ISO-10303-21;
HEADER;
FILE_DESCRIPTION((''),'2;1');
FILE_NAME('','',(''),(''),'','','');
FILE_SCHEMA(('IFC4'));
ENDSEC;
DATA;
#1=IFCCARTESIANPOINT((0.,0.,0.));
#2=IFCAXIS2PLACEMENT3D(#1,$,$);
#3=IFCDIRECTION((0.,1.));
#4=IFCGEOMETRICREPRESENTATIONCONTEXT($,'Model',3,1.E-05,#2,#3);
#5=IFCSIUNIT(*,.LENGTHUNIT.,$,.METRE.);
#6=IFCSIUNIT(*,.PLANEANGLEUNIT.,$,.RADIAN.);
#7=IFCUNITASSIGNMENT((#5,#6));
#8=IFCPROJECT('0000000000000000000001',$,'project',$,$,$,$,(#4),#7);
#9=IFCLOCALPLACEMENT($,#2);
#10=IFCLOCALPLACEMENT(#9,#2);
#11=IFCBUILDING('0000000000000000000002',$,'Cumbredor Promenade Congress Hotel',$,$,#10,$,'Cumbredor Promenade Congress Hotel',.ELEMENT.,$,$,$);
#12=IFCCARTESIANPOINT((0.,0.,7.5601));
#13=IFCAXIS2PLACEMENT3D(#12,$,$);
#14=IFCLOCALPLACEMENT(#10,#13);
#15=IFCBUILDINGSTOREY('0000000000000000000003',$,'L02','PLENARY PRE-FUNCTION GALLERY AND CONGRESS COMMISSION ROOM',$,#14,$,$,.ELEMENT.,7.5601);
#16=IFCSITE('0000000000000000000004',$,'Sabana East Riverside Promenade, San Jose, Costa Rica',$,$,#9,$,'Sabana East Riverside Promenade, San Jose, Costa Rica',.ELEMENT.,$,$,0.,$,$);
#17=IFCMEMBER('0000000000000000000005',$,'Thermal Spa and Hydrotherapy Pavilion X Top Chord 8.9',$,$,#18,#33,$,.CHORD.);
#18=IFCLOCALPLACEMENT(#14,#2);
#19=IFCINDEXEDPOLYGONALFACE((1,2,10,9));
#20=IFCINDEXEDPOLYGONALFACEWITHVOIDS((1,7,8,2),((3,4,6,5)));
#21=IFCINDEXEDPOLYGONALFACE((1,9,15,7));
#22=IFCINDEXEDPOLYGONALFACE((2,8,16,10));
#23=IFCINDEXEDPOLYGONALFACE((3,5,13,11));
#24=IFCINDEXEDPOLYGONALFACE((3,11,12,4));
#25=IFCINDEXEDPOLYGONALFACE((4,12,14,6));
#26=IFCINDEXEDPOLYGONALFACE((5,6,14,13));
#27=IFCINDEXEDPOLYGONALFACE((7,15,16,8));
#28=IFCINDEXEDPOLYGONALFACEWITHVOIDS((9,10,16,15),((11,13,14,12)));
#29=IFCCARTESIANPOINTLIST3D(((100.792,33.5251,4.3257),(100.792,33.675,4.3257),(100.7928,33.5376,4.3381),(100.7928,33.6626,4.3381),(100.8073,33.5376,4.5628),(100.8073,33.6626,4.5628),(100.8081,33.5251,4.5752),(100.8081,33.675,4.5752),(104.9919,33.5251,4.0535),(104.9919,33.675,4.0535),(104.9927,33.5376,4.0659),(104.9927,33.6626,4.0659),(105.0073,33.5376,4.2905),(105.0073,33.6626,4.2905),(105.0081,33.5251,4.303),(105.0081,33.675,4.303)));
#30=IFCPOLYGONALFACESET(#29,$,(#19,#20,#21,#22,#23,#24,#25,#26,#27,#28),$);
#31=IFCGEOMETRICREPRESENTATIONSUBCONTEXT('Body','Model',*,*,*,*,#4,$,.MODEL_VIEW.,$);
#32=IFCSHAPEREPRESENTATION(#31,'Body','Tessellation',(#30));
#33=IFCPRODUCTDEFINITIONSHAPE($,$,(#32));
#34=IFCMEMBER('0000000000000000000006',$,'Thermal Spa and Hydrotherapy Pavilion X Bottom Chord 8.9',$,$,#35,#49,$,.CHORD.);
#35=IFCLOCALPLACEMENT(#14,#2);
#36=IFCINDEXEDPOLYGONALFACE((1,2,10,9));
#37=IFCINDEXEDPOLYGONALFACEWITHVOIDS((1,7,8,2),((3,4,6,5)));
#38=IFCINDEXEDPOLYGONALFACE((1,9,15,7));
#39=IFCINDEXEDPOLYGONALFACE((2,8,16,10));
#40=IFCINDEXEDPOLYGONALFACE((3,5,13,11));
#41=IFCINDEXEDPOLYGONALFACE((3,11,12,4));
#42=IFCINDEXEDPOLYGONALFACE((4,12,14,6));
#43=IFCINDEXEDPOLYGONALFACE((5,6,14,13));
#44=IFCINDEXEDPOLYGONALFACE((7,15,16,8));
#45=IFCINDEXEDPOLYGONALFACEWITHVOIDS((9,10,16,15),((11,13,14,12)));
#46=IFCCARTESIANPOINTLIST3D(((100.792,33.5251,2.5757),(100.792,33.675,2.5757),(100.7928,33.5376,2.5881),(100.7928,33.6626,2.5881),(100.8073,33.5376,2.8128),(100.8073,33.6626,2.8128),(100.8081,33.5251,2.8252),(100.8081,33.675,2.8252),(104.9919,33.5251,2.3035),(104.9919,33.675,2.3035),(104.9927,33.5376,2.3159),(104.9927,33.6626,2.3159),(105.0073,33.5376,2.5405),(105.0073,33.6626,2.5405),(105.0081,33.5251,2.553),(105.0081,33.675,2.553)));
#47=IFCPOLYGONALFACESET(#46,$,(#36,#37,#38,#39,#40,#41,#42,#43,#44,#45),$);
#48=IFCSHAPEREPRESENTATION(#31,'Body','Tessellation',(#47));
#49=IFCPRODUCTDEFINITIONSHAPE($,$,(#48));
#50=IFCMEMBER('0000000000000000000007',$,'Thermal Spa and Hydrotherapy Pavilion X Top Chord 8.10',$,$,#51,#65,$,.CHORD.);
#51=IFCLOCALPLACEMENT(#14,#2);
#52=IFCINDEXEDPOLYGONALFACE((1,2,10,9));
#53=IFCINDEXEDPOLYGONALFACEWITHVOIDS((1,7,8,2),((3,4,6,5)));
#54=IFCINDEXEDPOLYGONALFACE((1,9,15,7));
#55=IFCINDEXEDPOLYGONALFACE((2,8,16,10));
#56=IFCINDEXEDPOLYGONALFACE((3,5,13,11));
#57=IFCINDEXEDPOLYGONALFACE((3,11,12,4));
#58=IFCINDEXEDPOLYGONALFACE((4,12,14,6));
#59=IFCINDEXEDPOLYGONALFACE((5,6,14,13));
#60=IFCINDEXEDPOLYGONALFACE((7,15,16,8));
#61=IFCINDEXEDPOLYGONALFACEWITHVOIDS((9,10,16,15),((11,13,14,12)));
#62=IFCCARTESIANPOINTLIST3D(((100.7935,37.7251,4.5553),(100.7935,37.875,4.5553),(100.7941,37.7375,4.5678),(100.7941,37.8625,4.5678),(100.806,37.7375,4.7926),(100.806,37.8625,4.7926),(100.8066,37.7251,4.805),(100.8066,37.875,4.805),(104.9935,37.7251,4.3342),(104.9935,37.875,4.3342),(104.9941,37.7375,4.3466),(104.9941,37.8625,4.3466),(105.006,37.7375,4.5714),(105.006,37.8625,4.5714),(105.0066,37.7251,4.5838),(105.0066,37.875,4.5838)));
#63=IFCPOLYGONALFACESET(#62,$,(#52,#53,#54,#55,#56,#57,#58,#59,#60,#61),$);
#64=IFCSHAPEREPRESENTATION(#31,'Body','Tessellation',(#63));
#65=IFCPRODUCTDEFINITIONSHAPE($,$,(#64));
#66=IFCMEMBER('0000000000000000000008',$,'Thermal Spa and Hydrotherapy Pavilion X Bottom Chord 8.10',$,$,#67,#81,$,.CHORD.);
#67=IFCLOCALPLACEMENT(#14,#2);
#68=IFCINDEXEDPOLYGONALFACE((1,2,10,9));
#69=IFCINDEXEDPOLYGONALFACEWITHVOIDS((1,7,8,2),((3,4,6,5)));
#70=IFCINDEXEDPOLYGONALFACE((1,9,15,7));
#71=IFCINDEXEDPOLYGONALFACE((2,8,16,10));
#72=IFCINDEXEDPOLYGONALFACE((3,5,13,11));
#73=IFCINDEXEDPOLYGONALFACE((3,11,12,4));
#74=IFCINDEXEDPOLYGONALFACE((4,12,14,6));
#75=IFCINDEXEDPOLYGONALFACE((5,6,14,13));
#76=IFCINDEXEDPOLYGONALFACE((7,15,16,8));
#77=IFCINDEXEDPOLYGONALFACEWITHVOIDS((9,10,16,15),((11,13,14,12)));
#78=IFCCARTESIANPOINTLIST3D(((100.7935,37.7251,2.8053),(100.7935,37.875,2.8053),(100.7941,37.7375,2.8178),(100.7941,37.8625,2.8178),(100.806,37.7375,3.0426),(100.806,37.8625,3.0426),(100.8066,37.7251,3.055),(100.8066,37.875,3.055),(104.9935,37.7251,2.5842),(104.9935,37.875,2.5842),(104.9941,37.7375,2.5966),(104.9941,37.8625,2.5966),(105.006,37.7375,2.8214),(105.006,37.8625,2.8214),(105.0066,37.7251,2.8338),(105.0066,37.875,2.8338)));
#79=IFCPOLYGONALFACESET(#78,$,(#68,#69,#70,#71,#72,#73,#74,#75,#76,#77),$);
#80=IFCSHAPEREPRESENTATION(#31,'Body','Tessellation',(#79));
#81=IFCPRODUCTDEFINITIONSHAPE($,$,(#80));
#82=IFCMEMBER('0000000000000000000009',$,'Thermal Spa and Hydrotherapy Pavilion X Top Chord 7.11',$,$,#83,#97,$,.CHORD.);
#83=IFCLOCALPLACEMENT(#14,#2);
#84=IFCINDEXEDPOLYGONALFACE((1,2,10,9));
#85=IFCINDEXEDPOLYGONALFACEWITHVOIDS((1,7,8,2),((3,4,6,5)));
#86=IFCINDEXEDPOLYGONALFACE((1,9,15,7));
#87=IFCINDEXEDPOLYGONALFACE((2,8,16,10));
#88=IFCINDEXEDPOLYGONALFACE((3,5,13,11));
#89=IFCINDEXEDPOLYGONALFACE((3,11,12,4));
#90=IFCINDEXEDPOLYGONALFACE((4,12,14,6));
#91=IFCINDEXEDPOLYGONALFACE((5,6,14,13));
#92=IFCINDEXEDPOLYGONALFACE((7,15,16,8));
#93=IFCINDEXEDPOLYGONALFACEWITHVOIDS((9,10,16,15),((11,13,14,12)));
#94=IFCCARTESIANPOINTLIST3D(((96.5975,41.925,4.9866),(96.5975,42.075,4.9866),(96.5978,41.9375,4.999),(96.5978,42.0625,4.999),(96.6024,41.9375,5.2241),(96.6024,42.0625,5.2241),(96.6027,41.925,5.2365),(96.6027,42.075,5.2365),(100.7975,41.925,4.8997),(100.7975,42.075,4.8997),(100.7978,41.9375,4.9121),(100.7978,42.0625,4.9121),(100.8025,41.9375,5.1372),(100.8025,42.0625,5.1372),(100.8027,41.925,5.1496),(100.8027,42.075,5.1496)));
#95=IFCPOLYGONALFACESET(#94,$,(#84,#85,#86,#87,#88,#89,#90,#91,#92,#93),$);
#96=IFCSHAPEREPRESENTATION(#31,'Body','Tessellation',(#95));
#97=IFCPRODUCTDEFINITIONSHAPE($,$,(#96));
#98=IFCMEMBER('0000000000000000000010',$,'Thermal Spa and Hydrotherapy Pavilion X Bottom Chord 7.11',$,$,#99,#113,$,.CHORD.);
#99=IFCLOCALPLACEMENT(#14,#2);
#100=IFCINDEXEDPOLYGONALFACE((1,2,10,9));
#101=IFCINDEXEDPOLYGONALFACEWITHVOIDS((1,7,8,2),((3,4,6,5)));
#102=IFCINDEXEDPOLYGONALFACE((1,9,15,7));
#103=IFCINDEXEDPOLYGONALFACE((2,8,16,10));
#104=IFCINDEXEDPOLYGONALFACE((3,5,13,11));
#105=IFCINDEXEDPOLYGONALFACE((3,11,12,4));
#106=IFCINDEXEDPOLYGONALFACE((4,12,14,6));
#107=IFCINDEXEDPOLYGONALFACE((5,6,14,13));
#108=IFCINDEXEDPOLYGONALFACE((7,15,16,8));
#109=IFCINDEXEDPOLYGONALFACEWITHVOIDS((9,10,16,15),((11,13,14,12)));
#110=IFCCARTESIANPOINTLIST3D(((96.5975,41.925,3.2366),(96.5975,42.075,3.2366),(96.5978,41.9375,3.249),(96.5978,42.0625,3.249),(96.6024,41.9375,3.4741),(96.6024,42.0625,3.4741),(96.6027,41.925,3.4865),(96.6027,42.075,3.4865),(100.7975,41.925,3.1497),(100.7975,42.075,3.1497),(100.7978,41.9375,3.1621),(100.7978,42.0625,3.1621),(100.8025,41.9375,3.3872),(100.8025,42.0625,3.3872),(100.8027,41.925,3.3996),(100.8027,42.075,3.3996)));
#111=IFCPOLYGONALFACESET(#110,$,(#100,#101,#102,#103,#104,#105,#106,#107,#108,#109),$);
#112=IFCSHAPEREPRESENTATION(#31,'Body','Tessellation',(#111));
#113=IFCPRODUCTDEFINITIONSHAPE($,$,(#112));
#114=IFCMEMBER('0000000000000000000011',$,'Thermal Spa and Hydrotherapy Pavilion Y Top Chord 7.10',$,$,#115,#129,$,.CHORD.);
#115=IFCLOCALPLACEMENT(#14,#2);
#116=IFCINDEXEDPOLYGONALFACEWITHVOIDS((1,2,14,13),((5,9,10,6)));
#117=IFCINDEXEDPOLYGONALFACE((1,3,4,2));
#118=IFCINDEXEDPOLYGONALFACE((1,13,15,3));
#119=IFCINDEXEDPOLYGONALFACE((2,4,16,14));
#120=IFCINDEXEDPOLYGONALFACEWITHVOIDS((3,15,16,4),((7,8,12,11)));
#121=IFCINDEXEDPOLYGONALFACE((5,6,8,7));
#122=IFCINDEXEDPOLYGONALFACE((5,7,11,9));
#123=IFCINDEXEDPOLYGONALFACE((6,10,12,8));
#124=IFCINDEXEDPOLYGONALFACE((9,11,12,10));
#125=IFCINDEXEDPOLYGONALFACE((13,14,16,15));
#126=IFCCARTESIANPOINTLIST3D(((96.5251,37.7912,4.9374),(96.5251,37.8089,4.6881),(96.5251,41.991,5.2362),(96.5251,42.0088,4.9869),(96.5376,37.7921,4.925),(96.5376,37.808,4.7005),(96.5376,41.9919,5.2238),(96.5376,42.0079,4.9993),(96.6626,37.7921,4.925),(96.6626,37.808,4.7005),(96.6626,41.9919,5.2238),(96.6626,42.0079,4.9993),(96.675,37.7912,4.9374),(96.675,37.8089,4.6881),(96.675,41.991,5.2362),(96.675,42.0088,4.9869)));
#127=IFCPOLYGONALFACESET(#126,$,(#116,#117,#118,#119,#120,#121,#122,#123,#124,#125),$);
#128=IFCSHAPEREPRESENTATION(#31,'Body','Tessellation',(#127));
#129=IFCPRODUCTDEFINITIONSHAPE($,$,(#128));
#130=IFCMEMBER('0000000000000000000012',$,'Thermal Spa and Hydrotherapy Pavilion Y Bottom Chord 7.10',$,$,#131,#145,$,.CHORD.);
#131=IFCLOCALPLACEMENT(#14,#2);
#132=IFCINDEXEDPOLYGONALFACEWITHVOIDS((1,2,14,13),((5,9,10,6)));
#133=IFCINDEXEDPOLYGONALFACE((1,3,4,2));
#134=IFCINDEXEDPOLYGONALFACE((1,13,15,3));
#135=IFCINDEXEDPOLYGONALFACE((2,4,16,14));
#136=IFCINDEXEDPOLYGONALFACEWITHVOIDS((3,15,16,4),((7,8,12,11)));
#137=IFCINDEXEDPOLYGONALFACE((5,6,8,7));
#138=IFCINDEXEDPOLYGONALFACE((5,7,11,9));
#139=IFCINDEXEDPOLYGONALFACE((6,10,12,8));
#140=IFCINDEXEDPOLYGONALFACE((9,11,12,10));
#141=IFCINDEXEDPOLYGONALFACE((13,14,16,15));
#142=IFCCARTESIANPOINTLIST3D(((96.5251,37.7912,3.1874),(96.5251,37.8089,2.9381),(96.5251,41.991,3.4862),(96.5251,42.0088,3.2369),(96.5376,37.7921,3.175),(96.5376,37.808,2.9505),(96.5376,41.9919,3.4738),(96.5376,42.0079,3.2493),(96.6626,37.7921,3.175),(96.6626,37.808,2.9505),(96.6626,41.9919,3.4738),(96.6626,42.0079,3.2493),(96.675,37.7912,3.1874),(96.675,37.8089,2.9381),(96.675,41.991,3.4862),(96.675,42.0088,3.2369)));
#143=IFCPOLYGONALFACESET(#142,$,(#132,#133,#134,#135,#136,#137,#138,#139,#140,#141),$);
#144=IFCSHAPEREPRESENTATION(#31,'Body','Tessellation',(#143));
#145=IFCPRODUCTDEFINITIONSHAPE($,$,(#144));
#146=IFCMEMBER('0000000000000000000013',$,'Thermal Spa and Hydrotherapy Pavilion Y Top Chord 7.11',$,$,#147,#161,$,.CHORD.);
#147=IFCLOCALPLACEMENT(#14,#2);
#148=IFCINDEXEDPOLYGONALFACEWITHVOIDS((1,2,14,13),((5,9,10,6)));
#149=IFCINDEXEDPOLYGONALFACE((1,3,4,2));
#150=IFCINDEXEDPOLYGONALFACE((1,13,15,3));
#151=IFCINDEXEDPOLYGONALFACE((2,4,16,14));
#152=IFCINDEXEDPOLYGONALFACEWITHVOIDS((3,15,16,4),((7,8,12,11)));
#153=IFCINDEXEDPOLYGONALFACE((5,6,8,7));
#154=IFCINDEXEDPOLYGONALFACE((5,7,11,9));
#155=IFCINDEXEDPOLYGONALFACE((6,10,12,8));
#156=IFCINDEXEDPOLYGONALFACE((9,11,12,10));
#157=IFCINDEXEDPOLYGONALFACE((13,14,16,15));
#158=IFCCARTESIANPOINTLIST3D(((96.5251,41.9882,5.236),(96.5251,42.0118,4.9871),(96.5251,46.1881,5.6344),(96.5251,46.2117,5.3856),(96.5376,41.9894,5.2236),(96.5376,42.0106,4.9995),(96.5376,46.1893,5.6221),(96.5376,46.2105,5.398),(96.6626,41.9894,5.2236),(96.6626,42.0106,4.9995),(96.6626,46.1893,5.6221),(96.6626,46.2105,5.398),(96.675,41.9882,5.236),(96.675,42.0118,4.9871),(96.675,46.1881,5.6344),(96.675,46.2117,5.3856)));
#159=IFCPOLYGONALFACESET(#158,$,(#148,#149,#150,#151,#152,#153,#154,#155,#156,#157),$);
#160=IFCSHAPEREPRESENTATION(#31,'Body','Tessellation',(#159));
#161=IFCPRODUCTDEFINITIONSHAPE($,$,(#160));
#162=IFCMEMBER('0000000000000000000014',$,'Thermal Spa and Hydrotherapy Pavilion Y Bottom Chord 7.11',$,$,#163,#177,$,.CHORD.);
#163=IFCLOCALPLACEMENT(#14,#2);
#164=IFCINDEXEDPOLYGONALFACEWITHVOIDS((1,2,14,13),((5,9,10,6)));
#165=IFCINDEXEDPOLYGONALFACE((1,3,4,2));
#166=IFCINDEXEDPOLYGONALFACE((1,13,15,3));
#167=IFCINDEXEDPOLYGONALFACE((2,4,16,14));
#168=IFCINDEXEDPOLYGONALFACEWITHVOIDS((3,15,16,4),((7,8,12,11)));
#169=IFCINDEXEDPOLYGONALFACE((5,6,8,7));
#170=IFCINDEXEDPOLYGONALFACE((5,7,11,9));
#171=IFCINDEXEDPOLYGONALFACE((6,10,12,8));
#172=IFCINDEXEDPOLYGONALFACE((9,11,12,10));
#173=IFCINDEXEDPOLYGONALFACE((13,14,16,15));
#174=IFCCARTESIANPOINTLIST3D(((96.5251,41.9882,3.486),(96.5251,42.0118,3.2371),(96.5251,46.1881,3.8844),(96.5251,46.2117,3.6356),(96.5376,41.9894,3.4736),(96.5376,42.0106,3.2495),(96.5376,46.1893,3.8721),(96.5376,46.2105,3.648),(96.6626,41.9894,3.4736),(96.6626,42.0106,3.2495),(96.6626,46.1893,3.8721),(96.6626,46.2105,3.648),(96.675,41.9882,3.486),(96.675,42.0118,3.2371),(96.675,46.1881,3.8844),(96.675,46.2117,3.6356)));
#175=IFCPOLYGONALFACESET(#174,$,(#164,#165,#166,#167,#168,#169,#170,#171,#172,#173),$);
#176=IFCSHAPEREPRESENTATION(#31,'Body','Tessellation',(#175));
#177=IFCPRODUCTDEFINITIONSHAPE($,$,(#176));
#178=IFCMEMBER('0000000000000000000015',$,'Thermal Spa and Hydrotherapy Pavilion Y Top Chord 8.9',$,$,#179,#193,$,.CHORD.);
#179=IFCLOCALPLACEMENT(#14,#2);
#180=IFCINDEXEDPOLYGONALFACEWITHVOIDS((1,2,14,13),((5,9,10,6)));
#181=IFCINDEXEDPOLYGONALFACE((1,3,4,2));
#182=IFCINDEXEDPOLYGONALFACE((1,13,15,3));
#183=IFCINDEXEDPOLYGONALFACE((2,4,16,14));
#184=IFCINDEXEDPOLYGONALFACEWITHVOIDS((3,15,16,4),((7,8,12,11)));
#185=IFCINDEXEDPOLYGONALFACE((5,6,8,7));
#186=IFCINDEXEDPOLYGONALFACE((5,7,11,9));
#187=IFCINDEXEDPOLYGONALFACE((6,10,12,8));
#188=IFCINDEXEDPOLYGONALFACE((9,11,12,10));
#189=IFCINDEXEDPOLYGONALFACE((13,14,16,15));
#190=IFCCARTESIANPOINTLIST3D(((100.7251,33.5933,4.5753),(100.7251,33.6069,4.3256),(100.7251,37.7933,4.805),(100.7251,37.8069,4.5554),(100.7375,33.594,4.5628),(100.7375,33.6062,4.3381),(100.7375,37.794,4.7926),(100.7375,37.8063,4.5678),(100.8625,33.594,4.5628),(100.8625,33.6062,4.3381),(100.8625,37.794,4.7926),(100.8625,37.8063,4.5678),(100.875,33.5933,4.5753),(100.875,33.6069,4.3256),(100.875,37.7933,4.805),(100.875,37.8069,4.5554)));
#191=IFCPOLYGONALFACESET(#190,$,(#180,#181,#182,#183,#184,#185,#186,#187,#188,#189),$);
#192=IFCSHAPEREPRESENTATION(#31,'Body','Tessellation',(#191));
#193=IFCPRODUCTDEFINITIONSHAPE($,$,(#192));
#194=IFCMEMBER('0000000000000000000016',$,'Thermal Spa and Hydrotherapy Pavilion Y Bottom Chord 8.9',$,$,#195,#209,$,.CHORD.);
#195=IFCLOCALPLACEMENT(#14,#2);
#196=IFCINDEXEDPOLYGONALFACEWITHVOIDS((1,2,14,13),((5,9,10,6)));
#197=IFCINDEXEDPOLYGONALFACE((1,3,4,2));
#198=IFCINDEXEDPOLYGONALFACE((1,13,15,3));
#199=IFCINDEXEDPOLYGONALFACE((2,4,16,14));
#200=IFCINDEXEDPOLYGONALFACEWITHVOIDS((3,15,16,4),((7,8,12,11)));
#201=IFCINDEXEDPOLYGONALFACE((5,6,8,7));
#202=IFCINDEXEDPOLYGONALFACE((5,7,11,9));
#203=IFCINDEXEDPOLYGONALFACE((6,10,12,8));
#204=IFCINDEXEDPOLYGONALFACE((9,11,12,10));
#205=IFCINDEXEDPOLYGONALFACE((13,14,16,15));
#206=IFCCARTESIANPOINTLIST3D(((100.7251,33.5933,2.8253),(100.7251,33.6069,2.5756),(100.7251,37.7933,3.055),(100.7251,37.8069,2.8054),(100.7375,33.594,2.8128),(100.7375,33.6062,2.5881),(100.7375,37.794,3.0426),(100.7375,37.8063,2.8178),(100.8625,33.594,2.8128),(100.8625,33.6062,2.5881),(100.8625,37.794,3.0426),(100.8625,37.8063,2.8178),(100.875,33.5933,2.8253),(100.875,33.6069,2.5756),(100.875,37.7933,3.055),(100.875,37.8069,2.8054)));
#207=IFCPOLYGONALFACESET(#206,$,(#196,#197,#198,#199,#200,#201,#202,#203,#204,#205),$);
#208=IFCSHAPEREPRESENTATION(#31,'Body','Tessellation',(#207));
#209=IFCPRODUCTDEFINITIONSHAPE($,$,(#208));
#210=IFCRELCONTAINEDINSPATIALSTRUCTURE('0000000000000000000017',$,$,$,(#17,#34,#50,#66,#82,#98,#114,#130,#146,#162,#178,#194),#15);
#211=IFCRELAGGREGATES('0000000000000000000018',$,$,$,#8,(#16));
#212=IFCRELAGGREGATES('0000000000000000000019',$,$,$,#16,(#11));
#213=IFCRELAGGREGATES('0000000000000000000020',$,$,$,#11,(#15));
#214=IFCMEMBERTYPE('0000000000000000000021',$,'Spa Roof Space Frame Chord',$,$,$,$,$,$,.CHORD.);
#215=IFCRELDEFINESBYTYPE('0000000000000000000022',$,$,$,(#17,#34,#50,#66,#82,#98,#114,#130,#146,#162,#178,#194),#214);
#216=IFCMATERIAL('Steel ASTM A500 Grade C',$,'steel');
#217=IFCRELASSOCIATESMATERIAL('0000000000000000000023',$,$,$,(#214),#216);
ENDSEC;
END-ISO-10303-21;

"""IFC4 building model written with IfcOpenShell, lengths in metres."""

from ifc_helpers import new_model, si_unit, direction, frame, origin, origin_2d, place, context, subcontext, project, spatial, hollow_rectangle, extrude, material, material_profile, profile_set, type_object, element, save


model = new_model("IFC4")

# Units and contexts
model_context = context("Model", 3, precision=1e-05, world=origin(), true_north=direction((0.0, 1.0)))
body_context = subcontext(model_context, "Body", "Model", "MODEL_VIEW")
ifc_project = project(units=[si_unit("LENGTHUNIT", "METRE"), si_unit("PLANEANGLEUNIT", "RADIAN")], contexts=[model_context])

# Site, building, storey
site_placement = place(None, origin())
site = spatial("IfcSite", under=ifc_project, at=site_placement, Name="Sabana East Riverside Promenade, San Jose, Costa Rica", LongName="Sabana East Riverside Promenade, San Jose, Costa Rica", CompositionType="ELEMENT", RefElevation=0.0)
building_placement = place(site_placement, origin())
building = spatial("IfcBuilding", under=site, at=building_placement, Name="Cumbredor Promenade Congress Hotel", LongName="Cumbredor Promenade Congress Hotel", CompositionType="ELEMENT")
storey_placement = place(building_placement, frame((0.0, 0.0, 7.5601)))
storey = spatial("IfcBuildingStorey", under=building, at=storey_placement, Name="L02", Description="PLENARY PRE-FUNCTION GALLERY AND CONGRESS COMMISSION ROOM", CompositionType="ELEMENT", Elevation=7.5601)

# Members
ifc_material_1 = material(Name="Steel ASTM A500 Grade C", Category="steel")
ifc_material_profile_1 = material_profile(ifc_material_1, hollow_rectangle(XDim=0.1499, YDim=0.25, WallThickness=0.0125, at=origin_2d()), Name="HSS 250x150x12.5")
ifc_profile_set_1 = profile_set([ifc_material_profile_1], Name="Steel ASTM A500 Grade C")
member_type_1 = type_object("IfcMemberType", Name="Spa Roof Space Frame Chord", PredefinedType="CHORD", material=ifc_profile_set_1)
for number, where, z_axis, x_axis, name in (
    (1, (100.8, 33.6001, 4.4504), (0.997906, 0.0, -0.064679), (0.0, 1.0, 0.0), "Thermal Spa and Hydrotherapy Pavilion X Top Chord 8.9"),
    (2, (100.8, 33.6001, 2.7004), (0.997906, 0.0, -0.064679), (0.0, 1.0, 0.0), "Thermal Spa and Hydrotherapy Pavilion X Bottom Chord 8.9"),
):
    element("IfcMember", number, at=place(storey_placement, frame(where, z_axis=z_axis, x_axis=x_axis)), inside=storey, type_object=member_type_1, Name=name, PredefinedType="CHORD", context=body_context, shape_type="SweptSolid", body=[
        extrude(hollow_rectangle(XDim=0.1499, YDim=0.25, WallThickness=0.0125, at=origin_2d()), origin(), (0.0, 0.0, 1.0), 4.2087),
    ])
for number, where, z_axis, x_axis, name in (
    (3, (100.8, 37.8, 4.6802), (0.998616, 0.0, -0.052592), (0.0, 1.0, 0.0), "Thermal Spa and Hydrotherapy Pavilion X Top Chord 8.10"),
    (4, (100.8, 37.8, 2.9302), (0.998616, 0.0, -0.052592), (0.0, 1.0, 0.0), "Thermal Spa and Hydrotherapy Pavilion X Bottom Chord 8.10"),
):
    element("IfcMember", number, at=place(storey_placement, frame(where, z_axis=z_axis, x_axis=x_axis)), inside=storey, type_object=member_type_1, Name=name, PredefinedType="CHORD", context=body_context, shape_type="SweptSolid", body=[
        extrude(hollow_rectangle(XDim=0.1499, YDim=0.25, WallThickness=0.0125, at=origin_2d()), origin(), (0.0, 0.0, 1.0), 4.2058),
    ])
for number, where, z_axis, x_axis, name in (
    (5, (96.6001, 42.0, 5.1116), (0.999786, 0.0, -0.02069), (0.0, 1.0, 0.0), "Thermal Spa and Hydrotherapy Pavilion X Top Chord 7.11"),
    (6, (96.6001, 42.0, 3.3616), (0.999786, 0.0, -0.02069), (0.0, 1.0, 0.0), "Thermal Spa and Hydrotherapy Pavilion X Bottom Chord 7.11"),
):
    element("IfcMember", number, at=place(storey_placement, frame(where, z_axis=z_axis, x_axis=x_axis)), inside=storey, type_object=member_type_1, Name=name, PredefinedType="CHORD", context=body_context, shape_type="SweptSolid", body=[
        extrude(hollow_rectangle(XDim=0.1499, YDim=0.25, WallThickness=0.0125, at=origin_2d()), origin(), (0.0, 0.0, 1.0), 4.2009),
    ])
for number, where, z_axis, x_axis, name in (
    (7, (96.6001, 37.8, 4.8127), (0.0, 0.997478, 0.070971), (-1.0, 0.0, 0.0), "Thermal Spa and Hydrotherapy Pavilion Y Top Chord 7.10"),
    (8, (96.6001, 37.8, 3.0627), (0.0, 0.997478, 0.070971), (-1.0, 0.0, 0.0), "Thermal Spa and Hydrotherapy Pavilion Y Bottom Chord 7.10"),
):
    element("IfcMember", number, at=place(storey_placement, frame(where, z_axis=z_axis, x_axis=x_axis)), inside=storey, type_object=member_type_1, Name=name, PredefinedType="CHORD", context=body_context, shape_type="SweptSolid", body=[
        extrude(hollow_rectangle(XDim=0.1499, YDim=0.25, WallThickness=0.0125, at=origin_2d()), origin(), (0.0, 0.0, 1.0), 4.2104),
    ])
for number, where, z_axis, x_axis, name in (
    (9, (96.6001, 42.0, 5.1116), (0.0, 0.99553, 0.094443), (-1.0, 0.0, 0.0), "Thermal Spa and Hydrotherapy Pavilion Y Top Chord 7.11"),
    (10, (96.6001, 42.0, 3.3616), (0.0, 0.99553, 0.094443), (-1.0, 0.0, 0.0), "Thermal Spa and Hydrotherapy Pavilion Y Bottom Chord 7.11"),
):
    element("IfcMember", number, at=place(storey_placement, frame(where, z_axis=z_axis, x_axis=x_axis)), inside=storey, type_object=member_type_1, Name=name, PredefinedType="CHORD", context=body_context, shape_type="SweptSolid", body=[
        extrude(hollow_rectangle(XDim=0.1499, YDim=0.25, WallThickness=0.0125, at=origin_2d()), origin(), (0.0, 0.0, 1.0), 4.2188),
    ])
for number, where, z_axis, x_axis, name in (
    (11, (100.8, 33.6001, 4.4504), (0.0, 0.998507, 0.054618), (-1.0, 0.0, 0.0), "Thermal Spa and Hydrotherapy Pavilion Y Top Chord 8.9"),
    (12, (100.8, 33.6001, 2.7004), (0.0, 0.998507, 0.054618), (-1.0, 0.0, 0.0), "Thermal Spa and Hydrotherapy Pavilion Y Bottom Chord 8.9"),
):
    element("IfcMember", number, at=place(storey_placement, frame(where, z_axis=z_axis, x_axis=x_axis)), inside=storey, type_object=member_type_1, Name=name, PredefinedType="CHORD", context=body_context, shape_type="SweptSolid", body=[
        extrude(hollow_rectangle(XDim=0.1499, YDim=0.25, WallThickness=0.0125, at=origin_2d()), origin(), (0.0, 0.0, 1.0), 4.2063),
    ])

save(model, "model.ifc")
